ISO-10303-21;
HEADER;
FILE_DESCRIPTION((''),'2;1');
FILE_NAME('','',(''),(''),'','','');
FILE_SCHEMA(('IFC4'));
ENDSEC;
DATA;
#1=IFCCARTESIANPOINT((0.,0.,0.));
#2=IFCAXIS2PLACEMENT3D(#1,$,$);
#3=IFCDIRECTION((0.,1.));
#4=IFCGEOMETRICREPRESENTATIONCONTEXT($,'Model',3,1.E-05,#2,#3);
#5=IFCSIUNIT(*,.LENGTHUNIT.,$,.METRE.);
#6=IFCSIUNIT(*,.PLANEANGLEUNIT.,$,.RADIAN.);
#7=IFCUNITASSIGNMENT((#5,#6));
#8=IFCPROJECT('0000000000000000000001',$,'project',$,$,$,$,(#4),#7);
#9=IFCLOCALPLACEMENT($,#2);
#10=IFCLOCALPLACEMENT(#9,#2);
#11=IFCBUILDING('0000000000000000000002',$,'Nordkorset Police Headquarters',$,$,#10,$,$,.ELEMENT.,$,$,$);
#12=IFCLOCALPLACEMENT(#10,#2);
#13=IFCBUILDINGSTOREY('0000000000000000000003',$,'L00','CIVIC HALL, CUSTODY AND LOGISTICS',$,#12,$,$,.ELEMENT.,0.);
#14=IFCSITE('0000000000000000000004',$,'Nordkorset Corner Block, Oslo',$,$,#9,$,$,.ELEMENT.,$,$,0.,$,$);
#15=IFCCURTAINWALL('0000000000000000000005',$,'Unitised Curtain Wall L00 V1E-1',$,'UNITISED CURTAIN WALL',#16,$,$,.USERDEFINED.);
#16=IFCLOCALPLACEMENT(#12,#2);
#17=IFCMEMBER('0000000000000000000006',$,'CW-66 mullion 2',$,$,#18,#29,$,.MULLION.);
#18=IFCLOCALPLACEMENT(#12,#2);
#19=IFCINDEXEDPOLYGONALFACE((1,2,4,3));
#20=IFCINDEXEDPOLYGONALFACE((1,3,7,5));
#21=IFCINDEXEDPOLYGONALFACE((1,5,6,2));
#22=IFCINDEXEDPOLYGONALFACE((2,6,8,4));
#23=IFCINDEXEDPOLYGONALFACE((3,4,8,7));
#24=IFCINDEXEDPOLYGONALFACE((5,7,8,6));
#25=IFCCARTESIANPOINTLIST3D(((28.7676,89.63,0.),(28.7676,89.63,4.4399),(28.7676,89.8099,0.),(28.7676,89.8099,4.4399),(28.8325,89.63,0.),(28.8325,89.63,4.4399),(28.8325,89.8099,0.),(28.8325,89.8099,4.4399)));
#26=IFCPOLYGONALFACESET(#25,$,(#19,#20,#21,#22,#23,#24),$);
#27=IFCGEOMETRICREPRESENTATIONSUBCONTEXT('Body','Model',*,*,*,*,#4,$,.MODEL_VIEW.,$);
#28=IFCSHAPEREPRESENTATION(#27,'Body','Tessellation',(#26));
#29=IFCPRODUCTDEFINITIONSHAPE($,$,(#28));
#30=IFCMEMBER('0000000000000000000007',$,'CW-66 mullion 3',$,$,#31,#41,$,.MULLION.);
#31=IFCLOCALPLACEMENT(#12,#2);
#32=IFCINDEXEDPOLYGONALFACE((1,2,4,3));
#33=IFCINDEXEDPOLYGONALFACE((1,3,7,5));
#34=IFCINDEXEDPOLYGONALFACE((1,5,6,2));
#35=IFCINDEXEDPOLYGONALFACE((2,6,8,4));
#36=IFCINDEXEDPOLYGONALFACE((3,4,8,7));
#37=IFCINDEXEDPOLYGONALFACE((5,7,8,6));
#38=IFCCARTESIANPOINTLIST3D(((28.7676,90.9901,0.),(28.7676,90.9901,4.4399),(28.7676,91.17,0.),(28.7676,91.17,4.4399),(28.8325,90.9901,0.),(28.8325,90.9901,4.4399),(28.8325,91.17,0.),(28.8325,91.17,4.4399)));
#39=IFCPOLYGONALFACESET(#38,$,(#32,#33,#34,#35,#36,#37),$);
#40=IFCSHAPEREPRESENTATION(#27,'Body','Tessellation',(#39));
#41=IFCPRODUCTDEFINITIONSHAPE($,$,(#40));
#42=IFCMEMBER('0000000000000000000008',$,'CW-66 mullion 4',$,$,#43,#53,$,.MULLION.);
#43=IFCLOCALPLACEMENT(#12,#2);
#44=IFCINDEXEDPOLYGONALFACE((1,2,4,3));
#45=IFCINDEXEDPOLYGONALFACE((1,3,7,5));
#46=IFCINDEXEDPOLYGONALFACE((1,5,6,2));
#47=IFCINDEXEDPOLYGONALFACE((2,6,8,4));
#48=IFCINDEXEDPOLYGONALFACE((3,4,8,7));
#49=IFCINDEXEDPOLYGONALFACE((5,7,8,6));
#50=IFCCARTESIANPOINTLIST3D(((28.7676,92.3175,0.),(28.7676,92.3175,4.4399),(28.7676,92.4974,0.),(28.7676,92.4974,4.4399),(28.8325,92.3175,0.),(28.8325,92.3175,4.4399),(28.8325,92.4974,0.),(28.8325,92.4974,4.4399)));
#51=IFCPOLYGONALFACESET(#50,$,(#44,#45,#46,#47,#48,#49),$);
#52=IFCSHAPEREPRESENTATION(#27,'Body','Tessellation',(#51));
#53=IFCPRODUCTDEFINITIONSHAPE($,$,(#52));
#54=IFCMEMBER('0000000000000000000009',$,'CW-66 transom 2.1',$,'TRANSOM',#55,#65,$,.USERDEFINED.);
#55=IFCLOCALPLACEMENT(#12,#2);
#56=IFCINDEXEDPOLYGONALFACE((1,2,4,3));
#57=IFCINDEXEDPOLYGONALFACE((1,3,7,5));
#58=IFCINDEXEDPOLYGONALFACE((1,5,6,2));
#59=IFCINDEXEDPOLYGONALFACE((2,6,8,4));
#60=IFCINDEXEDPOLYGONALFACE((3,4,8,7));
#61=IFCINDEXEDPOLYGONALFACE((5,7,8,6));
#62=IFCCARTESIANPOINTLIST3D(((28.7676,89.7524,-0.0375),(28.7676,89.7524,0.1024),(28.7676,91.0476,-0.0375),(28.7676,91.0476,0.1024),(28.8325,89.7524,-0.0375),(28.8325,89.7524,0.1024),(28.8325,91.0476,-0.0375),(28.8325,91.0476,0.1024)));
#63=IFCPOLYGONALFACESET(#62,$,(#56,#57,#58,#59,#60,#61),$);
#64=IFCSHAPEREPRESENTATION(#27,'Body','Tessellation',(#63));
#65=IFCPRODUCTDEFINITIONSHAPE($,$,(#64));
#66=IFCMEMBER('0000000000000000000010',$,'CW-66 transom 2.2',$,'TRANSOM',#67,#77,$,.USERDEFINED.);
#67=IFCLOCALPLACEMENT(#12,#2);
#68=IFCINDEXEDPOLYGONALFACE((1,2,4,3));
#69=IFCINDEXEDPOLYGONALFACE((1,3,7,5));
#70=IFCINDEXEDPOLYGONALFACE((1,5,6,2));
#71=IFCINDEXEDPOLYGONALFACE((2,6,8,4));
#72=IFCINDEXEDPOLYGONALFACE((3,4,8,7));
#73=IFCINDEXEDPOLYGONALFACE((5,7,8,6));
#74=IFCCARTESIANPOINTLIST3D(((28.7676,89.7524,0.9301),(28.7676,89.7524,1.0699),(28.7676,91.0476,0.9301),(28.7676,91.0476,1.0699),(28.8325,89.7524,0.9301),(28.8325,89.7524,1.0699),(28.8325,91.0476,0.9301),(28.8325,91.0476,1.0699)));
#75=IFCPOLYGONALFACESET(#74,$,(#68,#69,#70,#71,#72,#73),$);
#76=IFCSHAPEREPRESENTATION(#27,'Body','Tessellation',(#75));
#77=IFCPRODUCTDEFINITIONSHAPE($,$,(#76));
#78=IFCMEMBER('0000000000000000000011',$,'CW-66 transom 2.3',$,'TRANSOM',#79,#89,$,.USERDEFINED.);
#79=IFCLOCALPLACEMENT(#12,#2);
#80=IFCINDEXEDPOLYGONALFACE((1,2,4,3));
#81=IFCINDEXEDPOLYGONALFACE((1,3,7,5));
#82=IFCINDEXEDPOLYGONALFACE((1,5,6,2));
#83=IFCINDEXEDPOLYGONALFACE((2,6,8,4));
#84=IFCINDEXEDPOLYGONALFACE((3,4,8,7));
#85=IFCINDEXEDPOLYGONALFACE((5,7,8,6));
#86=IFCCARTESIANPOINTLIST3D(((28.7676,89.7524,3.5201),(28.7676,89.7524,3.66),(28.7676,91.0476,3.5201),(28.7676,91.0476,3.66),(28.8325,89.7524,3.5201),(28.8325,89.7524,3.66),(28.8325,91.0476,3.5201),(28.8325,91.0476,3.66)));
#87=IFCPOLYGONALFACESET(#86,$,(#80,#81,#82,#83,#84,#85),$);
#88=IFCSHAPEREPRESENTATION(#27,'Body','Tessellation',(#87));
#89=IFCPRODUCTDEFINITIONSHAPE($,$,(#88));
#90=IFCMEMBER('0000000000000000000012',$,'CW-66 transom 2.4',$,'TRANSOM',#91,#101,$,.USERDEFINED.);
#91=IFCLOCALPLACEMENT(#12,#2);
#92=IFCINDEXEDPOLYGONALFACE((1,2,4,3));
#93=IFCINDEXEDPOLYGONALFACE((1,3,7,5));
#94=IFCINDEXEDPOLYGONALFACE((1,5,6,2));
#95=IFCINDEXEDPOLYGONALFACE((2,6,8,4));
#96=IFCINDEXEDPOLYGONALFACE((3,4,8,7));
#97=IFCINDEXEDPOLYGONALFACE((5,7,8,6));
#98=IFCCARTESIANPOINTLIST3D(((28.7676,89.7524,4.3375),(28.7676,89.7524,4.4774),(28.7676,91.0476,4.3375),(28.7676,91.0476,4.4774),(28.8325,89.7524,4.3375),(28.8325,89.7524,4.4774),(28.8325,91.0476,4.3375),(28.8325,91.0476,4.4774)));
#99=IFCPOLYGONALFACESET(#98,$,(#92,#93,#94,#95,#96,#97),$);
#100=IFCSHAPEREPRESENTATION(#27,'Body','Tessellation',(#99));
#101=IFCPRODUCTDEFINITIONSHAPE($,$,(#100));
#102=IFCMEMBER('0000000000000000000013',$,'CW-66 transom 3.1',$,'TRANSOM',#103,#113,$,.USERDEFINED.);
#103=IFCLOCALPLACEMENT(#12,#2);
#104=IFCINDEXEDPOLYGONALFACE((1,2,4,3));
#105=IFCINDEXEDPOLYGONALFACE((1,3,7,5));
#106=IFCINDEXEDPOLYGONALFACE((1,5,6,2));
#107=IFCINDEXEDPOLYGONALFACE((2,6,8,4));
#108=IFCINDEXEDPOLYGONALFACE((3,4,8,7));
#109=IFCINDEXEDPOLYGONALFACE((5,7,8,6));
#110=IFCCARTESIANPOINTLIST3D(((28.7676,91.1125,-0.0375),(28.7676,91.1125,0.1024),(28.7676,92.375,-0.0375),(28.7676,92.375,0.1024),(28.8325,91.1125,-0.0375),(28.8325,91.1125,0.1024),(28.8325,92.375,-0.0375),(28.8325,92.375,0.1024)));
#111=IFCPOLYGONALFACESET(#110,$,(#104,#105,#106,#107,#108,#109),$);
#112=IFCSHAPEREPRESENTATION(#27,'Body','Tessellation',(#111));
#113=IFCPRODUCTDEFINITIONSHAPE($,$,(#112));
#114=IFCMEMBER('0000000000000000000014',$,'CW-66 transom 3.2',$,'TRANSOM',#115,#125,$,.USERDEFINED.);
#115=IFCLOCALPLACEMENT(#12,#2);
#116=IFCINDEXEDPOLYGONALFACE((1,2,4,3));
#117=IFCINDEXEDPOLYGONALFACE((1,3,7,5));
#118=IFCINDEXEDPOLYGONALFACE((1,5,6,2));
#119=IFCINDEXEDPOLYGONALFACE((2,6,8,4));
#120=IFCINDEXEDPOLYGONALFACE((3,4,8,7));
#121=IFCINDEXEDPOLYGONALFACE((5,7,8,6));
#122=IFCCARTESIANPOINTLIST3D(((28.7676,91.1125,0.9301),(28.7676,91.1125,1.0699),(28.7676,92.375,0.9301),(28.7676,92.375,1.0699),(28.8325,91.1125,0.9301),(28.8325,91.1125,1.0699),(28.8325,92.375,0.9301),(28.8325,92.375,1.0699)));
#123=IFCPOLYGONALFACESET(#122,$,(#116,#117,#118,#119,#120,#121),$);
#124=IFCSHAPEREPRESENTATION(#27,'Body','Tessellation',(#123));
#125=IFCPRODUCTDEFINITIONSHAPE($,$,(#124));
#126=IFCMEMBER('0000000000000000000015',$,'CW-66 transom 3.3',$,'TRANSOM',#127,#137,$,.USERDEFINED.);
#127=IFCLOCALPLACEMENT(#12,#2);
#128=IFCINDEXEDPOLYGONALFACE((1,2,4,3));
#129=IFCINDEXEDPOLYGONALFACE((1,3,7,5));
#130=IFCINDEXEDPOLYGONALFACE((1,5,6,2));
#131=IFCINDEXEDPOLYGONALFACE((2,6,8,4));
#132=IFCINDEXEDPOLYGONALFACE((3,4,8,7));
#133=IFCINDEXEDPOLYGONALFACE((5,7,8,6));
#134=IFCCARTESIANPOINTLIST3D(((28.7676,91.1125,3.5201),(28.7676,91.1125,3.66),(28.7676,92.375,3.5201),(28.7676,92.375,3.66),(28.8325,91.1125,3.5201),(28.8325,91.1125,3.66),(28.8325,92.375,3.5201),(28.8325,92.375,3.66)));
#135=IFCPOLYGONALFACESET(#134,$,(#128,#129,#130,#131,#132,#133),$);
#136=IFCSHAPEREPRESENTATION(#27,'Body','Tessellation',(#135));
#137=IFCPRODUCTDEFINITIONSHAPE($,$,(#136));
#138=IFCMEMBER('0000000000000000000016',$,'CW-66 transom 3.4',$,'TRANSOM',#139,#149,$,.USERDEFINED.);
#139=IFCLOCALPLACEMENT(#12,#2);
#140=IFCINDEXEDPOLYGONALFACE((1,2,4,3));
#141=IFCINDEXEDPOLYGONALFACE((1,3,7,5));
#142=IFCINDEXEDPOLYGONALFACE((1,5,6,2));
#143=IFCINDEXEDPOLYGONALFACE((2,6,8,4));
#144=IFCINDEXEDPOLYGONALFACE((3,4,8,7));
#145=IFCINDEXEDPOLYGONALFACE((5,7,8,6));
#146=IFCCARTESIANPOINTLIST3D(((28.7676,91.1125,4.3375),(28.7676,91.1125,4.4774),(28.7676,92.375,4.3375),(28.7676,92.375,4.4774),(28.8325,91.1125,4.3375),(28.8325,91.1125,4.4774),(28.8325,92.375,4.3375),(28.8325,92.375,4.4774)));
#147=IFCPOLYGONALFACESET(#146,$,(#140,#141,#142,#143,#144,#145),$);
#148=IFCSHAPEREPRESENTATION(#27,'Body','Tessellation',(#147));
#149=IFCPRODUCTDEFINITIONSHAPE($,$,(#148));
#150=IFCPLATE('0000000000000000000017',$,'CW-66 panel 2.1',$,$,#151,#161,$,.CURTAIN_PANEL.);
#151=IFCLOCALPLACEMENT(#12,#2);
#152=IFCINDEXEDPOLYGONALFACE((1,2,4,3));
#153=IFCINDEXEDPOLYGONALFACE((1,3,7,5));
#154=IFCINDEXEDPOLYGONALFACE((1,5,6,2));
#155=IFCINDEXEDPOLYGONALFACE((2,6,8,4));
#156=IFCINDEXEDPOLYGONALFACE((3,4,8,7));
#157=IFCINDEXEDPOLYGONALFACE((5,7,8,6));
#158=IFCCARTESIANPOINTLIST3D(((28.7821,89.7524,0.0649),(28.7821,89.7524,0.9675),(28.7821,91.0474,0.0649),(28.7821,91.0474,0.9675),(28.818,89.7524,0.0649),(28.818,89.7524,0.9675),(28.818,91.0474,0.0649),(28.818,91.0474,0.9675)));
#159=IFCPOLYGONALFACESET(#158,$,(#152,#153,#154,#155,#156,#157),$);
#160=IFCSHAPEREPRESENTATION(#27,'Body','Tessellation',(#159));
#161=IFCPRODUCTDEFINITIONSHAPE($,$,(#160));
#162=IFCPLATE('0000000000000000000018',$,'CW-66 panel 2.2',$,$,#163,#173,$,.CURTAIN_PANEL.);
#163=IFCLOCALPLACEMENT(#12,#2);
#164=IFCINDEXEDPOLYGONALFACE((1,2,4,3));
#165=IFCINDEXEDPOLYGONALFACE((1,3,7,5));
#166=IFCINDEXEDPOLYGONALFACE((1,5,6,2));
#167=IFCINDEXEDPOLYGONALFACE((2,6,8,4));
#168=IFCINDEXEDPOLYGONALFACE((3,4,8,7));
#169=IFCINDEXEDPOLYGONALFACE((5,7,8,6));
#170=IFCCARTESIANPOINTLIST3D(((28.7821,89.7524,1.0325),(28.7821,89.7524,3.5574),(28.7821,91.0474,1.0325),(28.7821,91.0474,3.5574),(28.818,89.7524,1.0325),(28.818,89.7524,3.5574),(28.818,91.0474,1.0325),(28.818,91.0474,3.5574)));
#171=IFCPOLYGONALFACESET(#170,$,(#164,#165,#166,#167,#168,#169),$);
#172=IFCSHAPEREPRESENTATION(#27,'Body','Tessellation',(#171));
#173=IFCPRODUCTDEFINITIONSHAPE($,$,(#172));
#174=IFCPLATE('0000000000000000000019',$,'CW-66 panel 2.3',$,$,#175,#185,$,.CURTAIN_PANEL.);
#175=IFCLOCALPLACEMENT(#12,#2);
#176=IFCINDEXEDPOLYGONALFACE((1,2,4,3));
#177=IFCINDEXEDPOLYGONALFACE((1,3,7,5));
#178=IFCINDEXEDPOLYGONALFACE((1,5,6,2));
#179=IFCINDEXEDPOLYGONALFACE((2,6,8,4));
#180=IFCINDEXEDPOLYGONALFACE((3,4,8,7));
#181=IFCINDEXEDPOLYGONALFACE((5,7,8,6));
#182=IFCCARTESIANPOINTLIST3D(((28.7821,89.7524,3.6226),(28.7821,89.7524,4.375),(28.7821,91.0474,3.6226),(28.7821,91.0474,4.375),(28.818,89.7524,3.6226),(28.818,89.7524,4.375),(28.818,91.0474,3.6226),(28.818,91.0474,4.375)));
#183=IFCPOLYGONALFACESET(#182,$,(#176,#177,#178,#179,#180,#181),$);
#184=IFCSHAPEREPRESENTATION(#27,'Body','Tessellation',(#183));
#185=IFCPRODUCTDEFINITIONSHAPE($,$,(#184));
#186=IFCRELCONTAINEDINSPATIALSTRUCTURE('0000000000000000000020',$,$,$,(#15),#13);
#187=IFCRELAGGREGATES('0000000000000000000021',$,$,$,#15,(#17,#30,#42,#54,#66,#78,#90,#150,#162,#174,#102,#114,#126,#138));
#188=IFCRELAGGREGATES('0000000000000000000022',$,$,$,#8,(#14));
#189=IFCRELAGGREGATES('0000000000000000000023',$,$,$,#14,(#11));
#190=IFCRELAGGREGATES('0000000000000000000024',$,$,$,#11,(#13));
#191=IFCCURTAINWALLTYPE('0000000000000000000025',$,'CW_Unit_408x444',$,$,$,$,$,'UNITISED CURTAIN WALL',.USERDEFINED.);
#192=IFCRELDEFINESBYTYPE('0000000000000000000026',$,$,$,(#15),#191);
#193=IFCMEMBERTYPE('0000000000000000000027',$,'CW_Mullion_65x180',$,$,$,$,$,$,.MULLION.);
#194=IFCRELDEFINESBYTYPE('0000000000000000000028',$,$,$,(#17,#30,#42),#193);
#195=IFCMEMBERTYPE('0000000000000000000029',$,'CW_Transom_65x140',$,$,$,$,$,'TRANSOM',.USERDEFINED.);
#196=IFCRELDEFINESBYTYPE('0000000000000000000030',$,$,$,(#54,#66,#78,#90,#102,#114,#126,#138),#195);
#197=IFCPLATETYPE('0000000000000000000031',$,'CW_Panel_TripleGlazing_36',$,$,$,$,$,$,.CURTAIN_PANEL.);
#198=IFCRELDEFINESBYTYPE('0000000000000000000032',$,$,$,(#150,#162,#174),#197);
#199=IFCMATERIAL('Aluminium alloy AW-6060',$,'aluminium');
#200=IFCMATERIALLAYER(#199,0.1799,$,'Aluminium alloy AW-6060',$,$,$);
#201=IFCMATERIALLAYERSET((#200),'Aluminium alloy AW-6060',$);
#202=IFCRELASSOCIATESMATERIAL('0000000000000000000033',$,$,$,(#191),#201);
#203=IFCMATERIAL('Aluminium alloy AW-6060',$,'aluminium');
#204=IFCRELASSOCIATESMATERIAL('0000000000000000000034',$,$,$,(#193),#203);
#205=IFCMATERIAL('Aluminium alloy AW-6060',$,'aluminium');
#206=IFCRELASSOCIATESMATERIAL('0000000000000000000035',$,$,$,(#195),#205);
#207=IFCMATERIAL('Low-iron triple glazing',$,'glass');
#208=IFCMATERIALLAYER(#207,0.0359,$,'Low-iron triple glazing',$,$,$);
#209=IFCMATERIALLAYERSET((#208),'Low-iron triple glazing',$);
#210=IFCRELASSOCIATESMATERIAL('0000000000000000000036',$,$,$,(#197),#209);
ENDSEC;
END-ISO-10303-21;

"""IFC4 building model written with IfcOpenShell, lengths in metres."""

from ifc_helpers import new_model, si_unit, direction, frame, origin, origin_2d, place, context, subcontext, project, spatial, rectangle, extrude, material, layer, layer_set, material_profile, profile_set, type_object, element, aggregate, save


model = new_model("IFC4")

# Units and contexts
model_context = context("Model", 3, precision=1e-05, world=origin(), true_north=direction((0.0, 1.0)))
body_context = subcontext(model_context, "Body", "Model", "MODEL_VIEW")
ifc_project = project(units=[si_unit("LENGTHUNIT", "METRE"), si_unit("PLANEANGLEUNIT", "RADIAN")], contexts=[model_context])

# Site, building, storey
site_placement = place(None, origin())
site = spatial("IfcSite", under=ifc_project, at=site_placement, Name="Nordkorset Corner Block, Oslo", CompositionType="ELEMENT", RefElevation=0.0)
building_placement = place(site_placement, origin())
building = spatial("IfcBuilding", under=site, at=building_placement, Name="Nordkorset Police Headquarters", CompositionType="ELEMENT")
storey_placement = place(building_placement, origin())
storey = spatial("IfcBuildingStorey", under=building, at=storey_placement, Name="L00", Description="CIVIC HALL, CUSTODY AND LOGISTICS", CompositionType="ELEMENT", Elevation=0.0)

# Curtain wall, members, plates
ifc_material_1 = material(Name="Aluminium alloy AW-6060", Category="aluminium")
ifc_layer_1 = layer(ifc_material_1, 0.1799, Name="Aluminium alloy AW-6060")
ifc_layer_set_1 = layer_set([ifc_layer_1], Name="Aluminium alloy AW-6060")
curtain_wall_type = type_object("IfcCurtainWallType", Name="CW_Unit_408x444", ElementType="UNITISED CURTAIN WALL", PredefinedType="USERDEFINED", material=ifc_layer_set_1)
curtain_wall_placement = place(storey_placement, origin())
curtain_wall = element("IfcCurtainWall", 1, at=curtain_wall_placement, inside=storey, type_object=curtain_wall_type, Name="Unitised Curtain Wall L00 V1E-1", ObjectType="UNITISED CURTAIN WALL", PredefinedType="USERDEFINED")
ifc_material_2 = material(Name="Aluminium alloy AW-6060", Category="aluminium")
ifc_material_profile_1 = material_profile(ifc_material_2, rectangle(XDim=0.0649, YDim=0.1799, at=origin_2d()), Name="ALU MULL 65x180")
ifc_profile_set_1 = profile_set([ifc_material_profile_1], Name="Aluminium alloy AW-6060")
member_type_1 = type_object("IfcMemberType", Name="CW_Mullion_65x180", PredefinedType="MULLION", material=ifc_profile_set_1)
member_1_placement = place(storey_placement, frame((28.8, 89.72, 0.0), z_axis=(0.0, 0.0, 1.0), x_axis=(-1.0, 0.0, 0.0)))
member_1 = element("IfcMember", 2, at=member_1_placement, type_object=member_type_1, Name="CW-66 mullion 2", PredefinedType="MULLION", context=body_context, shape_type="SweptSolid", body=[
    extrude(rectangle(XDim=0.0649, YDim=0.1799, at=origin_2d()), origin(), (0.0, 0.0, 1.0), 4.4399),
])
member_2_placement = place(storey_placement, frame((28.8, 91.0801, 0.0), z_axis=(0.0, 0.0, 1.0), x_axis=(-1.0, 0.0, 0.0)))
member_2 = element("IfcMember", 3, at=member_2_placement, type_object=member_type_1, Name="CW-66 mullion 3", PredefinedType="MULLION", context=body_context, shape_type="SweptSolid", body=[
    extrude(rectangle(XDim=0.0649, YDim=0.1799, at=origin_2d()), origin(), (0.0, 0.0, 1.0), 4.4399),
])
member_3_placement = place(storey_placement, frame((28.8, 92.4075, 0.0), z_axis=(0.0, 0.0, 1.0), x_axis=(-1.0, 0.0, 0.0)))
member_3 = element("IfcMember", 4, at=member_3_placement, type_object=member_type_1, Name="CW-66 mullion 4", PredefinedType="MULLION", context=body_context, shape_type="SweptSolid", body=[
    extrude(rectangle(XDim=0.0649, YDim=0.1799, at=origin_2d()), origin(), (0.0, 0.0, 1.0), 4.4399),
])
ifc_material_3 = material(Name="Aluminium alloy AW-6060", Category="aluminium")
ifc_material_profile_2 = material_profile(ifc_material_3, rectangle(XDim=0.0649, YDim=0.1399, at=origin_2d()), Name="ALU TRAN 65x140")
ifc_profile_set_2 = profile_set([ifc_material_profile_2], Name="Aluminium alloy AW-6060")
member_type_2 = type_object("IfcMemberType", Name="CW_Transom_65x140", ElementType="TRANSOM", PredefinedType="USERDEFINED", material=ifc_profile_set_2)
member_4_placement = place(storey_placement, frame((28.8, 89.7524, 0.0325), z_axis=(0.0, 1.0, 0.0), x_axis=(-1.0, 0.0, 0.0)))
member_4 = element("IfcMember", 5, at=member_4_placement, type_object=member_type_2, Name="CW-66 transom 2.1", ObjectType="TRANSOM", PredefinedType="USERDEFINED", context=body_context, shape_type="SweptSolid", body=[
    extrude(rectangle(XDim=0.0649, YDim=0.1399, at=origin_2d()), origin(), (0.0, 0.0, 1.0), 1.2952),
])
member_5_placement = place(storey_placement, frame((28.8, 89.7524, 1.0), z_axis=(0.0, 1.0, 0.0), x_axis=(-1.0, 0.0, 0.0)))
member_5 = element("IfcMember", 6, at=member_5_placement, type_object=member_type_2, Name="CW-66 transom 2.2", ObjectType="TRANSOM", PredefinedType="USERDEFINED", context=body_context, shape_type="SweptSolid", body=[
    extrude(rectangle(XDim=0.0649, YDim=0.1399, at=origin_2d()), origin(), (0.0, 0.0, 1.0), 1.2952),
])
member_6_placement = place(storey_placement, frame((28.8, 89.7524, 3.5901), z_axis=(0.0, 1.0, 0.0), x_axis=(-1.0, 0.0, 0.0)))
member_6 = element("IfcMember", 7, at=member_6_placement, type_object=member_type_2, Name="CW-66 transom 2.3", ObjectType="TRANSOM", PredefinedType="USERDEFINED", context=body_context, shape_type="SweptSolid", body=[
    extrude(rectangle(XDim=0.0649, YDim=0.1399, at=origin_2d()), origin(), (0.0, 0.0, 1.0), 1.2952),
])
member_7_placement = place(storey_placement, frame((28.8, 89.7524, 4.4075), z_axis=(0.0, 1.0, 0.0), x_axis=(-1.0, 0.0, 0.0)))
member_7 = element("IfcMember", 8, at=member_7_placement, type_object=member_type_2, Name="CW-66 transom 2.4", ObjectType="TRANSOM", PredefinedType="USERDEFINED", context=body_context, shape_type="SweptSolid", body=[
    extrude(rectangle(XDim=0.0649, YDim=0.1399, at=origin_2d()), origin(), (0.0, 0.0, 1.0), 1.2952),
])
member_8_placement = place(storey_placement, frame((28.8, 91.1125, 0.0325), z_axis=(0.0, 1.0, 0.0), x_axis=(-1.0, 0.0, 0.0)))
member_8 = element("IfcMember", 9, at=member_8_placement, type_object=member_type_2, Name="CW-66 transom 3.1", ObjectType="TRANSOM", PredefinedType="USERDEFINED", context=body_context, shape_type="SweptSolid", body=[
    extrude(rectangle(XDim=0.0649, YDim=0.1399, at=origin_2d()), origin(), (0.0, 0.0, 1.0), 1.2625),
])
member_9_placement = place(storey_placement, frame((28.8, 91.1125, 1.0), z_axis=(0.0, 1.0, 0.0), x_axis=(-1.0, 0.0, 0.0)))
member_9 = element("IfcMember", 10, at=member_9_placement, type_object=member_type_2, Name="CW-66 transom 3.2", ObjectType="TRANSOM", PredefinedType="USERDEFINED", context=body_context, shape_type="SweptSolid", body=[
    extrude(rectangle(XDim=0.0649, YDim=0.1399, at=origin_2d()), origin(), (0.0, 0.0, 1.0), 1.2625),
])
member_10_placement = place(storey_placement, frame((28.8, 91.1125, 3.5901), z_axis=(0.0, 1.0, 0.0), x_axis=(-1.0, 0.0, 0.0)))
member_10 = element("IfcMember", 11, at=member_10_placement, type_object=member_type_2, Name="CW-66 transom 3.3", ObjectType="TRANSOM", PredefinedType="USERDEFINED", context=body_context, shape_type="SweptSolid", body=[
    extrude(rectangle(XDim=0.0649, YDim=0.1399, at=origin_2d()), origin(), (0.0, 0.0, 1.0), 1.2625),
])
member_11_placement = place(storey_placement, frame((28.8, 91.1125, 4.4075), z_axis=(0.0, 1.0, 0.0), x_axis=(-1.0, 0.0, 0.0)))
member_11 = element("IfcMember", 12, at=member_11_placement, type_object=member_type_2, Name="CW-66 transom 3.4", ObjectType="TRANSOM", PredefinedType="USERDEFINED", context=body_context, shape_type="SweptSolid", body=[
    extrude(rectangle(XDim=0.0649, YDim=0.1399, at=origin_2d()), origin(), (0.0, 0.0, 1.0), 1.2625),
])
ifc_material_4 = material(Name="Low-iron triple glazing", Category="glass")
ifc_layer_2 = layer(ifc_material_4, 0.0359, Name="Low-iron triple glazing")
ifc_layer_set_2 = layer_set([ifc_layer_2], Name="Low-iron triple glazing")
plate_type = type_object("IfcPlateType", Name="CW_Panel_TripleGlazing_36", PredefinedType="CURTAIN_PANEL", material=ifc_layer_set_2)
plate_1_placement = place(storey_placement, frame((28.8, 90.3999, 0.0649), z_axis=(0.0, 0.0, 1.0), x_axis=(0.0, 1.0, 0.0)))
plate_1 = element("IfcPlate", 13, at=plate_1_placement, type_object=plate_type, Name="CW-66 panel 2.1", PredefinedType="CURTAIN_PANEL", context=body_context, shape_type="SweptSolid", body=[
    extrude(rectangle(XDim=1.2949, YDim=0.0359, at=origin_2d()), origin(), (0.0, 0.0, 1.0), 0.9026),
])
plate_2_placement = place(storey_placement, frame((28.8, 90.3999, 1.0325), z_axis=(0.0, 0.0, 1.0), x_axis=(0.0, 1.0, 0.0)))
plate_2 = element("IfcPlate", 14, at=plate_2_placement, type_object=plate_type, Name="CW-66 panel 2.2", PredefinedType="CURTAIN_PANEL", context=body_context, shape_type="SweptSolid", body=[
    extrude(rectangle(XDim=1.2949, YDim=0.0359, at=origin_2d()), origin(), (0.0, 0.0, 1.0), 2.5249),
])
plate_3_placement = place(storey_placement, frame((28.8, 90.3999, 3.6226), z_axis=(0.0, 0.0, 1.0), x_axis=(0.0, 1.0, 0.0)))
plate_3 = element("IfcPlate", 15, at=plate_3_placement, type_object=plate_type, Name="CW-66 panel 2.3", PredefinedType="CURTAIN_PANEL", context=body_context, shape_type="SweptSolid", body=[
    extrude(rectangle(XDim=1.2949, YDim=0.0359, at=origin_2d()), origin(), (0.0, 0.0, 1.0), 0.7524),
])
aggregate(curtain_wall, [member_1, member_2, member_3, member_4, member_5, member_6, member_7, plate_1, plate_2, plate_3, member_8, member_9, member_10, member_11])

save(model, "model.ifc")
